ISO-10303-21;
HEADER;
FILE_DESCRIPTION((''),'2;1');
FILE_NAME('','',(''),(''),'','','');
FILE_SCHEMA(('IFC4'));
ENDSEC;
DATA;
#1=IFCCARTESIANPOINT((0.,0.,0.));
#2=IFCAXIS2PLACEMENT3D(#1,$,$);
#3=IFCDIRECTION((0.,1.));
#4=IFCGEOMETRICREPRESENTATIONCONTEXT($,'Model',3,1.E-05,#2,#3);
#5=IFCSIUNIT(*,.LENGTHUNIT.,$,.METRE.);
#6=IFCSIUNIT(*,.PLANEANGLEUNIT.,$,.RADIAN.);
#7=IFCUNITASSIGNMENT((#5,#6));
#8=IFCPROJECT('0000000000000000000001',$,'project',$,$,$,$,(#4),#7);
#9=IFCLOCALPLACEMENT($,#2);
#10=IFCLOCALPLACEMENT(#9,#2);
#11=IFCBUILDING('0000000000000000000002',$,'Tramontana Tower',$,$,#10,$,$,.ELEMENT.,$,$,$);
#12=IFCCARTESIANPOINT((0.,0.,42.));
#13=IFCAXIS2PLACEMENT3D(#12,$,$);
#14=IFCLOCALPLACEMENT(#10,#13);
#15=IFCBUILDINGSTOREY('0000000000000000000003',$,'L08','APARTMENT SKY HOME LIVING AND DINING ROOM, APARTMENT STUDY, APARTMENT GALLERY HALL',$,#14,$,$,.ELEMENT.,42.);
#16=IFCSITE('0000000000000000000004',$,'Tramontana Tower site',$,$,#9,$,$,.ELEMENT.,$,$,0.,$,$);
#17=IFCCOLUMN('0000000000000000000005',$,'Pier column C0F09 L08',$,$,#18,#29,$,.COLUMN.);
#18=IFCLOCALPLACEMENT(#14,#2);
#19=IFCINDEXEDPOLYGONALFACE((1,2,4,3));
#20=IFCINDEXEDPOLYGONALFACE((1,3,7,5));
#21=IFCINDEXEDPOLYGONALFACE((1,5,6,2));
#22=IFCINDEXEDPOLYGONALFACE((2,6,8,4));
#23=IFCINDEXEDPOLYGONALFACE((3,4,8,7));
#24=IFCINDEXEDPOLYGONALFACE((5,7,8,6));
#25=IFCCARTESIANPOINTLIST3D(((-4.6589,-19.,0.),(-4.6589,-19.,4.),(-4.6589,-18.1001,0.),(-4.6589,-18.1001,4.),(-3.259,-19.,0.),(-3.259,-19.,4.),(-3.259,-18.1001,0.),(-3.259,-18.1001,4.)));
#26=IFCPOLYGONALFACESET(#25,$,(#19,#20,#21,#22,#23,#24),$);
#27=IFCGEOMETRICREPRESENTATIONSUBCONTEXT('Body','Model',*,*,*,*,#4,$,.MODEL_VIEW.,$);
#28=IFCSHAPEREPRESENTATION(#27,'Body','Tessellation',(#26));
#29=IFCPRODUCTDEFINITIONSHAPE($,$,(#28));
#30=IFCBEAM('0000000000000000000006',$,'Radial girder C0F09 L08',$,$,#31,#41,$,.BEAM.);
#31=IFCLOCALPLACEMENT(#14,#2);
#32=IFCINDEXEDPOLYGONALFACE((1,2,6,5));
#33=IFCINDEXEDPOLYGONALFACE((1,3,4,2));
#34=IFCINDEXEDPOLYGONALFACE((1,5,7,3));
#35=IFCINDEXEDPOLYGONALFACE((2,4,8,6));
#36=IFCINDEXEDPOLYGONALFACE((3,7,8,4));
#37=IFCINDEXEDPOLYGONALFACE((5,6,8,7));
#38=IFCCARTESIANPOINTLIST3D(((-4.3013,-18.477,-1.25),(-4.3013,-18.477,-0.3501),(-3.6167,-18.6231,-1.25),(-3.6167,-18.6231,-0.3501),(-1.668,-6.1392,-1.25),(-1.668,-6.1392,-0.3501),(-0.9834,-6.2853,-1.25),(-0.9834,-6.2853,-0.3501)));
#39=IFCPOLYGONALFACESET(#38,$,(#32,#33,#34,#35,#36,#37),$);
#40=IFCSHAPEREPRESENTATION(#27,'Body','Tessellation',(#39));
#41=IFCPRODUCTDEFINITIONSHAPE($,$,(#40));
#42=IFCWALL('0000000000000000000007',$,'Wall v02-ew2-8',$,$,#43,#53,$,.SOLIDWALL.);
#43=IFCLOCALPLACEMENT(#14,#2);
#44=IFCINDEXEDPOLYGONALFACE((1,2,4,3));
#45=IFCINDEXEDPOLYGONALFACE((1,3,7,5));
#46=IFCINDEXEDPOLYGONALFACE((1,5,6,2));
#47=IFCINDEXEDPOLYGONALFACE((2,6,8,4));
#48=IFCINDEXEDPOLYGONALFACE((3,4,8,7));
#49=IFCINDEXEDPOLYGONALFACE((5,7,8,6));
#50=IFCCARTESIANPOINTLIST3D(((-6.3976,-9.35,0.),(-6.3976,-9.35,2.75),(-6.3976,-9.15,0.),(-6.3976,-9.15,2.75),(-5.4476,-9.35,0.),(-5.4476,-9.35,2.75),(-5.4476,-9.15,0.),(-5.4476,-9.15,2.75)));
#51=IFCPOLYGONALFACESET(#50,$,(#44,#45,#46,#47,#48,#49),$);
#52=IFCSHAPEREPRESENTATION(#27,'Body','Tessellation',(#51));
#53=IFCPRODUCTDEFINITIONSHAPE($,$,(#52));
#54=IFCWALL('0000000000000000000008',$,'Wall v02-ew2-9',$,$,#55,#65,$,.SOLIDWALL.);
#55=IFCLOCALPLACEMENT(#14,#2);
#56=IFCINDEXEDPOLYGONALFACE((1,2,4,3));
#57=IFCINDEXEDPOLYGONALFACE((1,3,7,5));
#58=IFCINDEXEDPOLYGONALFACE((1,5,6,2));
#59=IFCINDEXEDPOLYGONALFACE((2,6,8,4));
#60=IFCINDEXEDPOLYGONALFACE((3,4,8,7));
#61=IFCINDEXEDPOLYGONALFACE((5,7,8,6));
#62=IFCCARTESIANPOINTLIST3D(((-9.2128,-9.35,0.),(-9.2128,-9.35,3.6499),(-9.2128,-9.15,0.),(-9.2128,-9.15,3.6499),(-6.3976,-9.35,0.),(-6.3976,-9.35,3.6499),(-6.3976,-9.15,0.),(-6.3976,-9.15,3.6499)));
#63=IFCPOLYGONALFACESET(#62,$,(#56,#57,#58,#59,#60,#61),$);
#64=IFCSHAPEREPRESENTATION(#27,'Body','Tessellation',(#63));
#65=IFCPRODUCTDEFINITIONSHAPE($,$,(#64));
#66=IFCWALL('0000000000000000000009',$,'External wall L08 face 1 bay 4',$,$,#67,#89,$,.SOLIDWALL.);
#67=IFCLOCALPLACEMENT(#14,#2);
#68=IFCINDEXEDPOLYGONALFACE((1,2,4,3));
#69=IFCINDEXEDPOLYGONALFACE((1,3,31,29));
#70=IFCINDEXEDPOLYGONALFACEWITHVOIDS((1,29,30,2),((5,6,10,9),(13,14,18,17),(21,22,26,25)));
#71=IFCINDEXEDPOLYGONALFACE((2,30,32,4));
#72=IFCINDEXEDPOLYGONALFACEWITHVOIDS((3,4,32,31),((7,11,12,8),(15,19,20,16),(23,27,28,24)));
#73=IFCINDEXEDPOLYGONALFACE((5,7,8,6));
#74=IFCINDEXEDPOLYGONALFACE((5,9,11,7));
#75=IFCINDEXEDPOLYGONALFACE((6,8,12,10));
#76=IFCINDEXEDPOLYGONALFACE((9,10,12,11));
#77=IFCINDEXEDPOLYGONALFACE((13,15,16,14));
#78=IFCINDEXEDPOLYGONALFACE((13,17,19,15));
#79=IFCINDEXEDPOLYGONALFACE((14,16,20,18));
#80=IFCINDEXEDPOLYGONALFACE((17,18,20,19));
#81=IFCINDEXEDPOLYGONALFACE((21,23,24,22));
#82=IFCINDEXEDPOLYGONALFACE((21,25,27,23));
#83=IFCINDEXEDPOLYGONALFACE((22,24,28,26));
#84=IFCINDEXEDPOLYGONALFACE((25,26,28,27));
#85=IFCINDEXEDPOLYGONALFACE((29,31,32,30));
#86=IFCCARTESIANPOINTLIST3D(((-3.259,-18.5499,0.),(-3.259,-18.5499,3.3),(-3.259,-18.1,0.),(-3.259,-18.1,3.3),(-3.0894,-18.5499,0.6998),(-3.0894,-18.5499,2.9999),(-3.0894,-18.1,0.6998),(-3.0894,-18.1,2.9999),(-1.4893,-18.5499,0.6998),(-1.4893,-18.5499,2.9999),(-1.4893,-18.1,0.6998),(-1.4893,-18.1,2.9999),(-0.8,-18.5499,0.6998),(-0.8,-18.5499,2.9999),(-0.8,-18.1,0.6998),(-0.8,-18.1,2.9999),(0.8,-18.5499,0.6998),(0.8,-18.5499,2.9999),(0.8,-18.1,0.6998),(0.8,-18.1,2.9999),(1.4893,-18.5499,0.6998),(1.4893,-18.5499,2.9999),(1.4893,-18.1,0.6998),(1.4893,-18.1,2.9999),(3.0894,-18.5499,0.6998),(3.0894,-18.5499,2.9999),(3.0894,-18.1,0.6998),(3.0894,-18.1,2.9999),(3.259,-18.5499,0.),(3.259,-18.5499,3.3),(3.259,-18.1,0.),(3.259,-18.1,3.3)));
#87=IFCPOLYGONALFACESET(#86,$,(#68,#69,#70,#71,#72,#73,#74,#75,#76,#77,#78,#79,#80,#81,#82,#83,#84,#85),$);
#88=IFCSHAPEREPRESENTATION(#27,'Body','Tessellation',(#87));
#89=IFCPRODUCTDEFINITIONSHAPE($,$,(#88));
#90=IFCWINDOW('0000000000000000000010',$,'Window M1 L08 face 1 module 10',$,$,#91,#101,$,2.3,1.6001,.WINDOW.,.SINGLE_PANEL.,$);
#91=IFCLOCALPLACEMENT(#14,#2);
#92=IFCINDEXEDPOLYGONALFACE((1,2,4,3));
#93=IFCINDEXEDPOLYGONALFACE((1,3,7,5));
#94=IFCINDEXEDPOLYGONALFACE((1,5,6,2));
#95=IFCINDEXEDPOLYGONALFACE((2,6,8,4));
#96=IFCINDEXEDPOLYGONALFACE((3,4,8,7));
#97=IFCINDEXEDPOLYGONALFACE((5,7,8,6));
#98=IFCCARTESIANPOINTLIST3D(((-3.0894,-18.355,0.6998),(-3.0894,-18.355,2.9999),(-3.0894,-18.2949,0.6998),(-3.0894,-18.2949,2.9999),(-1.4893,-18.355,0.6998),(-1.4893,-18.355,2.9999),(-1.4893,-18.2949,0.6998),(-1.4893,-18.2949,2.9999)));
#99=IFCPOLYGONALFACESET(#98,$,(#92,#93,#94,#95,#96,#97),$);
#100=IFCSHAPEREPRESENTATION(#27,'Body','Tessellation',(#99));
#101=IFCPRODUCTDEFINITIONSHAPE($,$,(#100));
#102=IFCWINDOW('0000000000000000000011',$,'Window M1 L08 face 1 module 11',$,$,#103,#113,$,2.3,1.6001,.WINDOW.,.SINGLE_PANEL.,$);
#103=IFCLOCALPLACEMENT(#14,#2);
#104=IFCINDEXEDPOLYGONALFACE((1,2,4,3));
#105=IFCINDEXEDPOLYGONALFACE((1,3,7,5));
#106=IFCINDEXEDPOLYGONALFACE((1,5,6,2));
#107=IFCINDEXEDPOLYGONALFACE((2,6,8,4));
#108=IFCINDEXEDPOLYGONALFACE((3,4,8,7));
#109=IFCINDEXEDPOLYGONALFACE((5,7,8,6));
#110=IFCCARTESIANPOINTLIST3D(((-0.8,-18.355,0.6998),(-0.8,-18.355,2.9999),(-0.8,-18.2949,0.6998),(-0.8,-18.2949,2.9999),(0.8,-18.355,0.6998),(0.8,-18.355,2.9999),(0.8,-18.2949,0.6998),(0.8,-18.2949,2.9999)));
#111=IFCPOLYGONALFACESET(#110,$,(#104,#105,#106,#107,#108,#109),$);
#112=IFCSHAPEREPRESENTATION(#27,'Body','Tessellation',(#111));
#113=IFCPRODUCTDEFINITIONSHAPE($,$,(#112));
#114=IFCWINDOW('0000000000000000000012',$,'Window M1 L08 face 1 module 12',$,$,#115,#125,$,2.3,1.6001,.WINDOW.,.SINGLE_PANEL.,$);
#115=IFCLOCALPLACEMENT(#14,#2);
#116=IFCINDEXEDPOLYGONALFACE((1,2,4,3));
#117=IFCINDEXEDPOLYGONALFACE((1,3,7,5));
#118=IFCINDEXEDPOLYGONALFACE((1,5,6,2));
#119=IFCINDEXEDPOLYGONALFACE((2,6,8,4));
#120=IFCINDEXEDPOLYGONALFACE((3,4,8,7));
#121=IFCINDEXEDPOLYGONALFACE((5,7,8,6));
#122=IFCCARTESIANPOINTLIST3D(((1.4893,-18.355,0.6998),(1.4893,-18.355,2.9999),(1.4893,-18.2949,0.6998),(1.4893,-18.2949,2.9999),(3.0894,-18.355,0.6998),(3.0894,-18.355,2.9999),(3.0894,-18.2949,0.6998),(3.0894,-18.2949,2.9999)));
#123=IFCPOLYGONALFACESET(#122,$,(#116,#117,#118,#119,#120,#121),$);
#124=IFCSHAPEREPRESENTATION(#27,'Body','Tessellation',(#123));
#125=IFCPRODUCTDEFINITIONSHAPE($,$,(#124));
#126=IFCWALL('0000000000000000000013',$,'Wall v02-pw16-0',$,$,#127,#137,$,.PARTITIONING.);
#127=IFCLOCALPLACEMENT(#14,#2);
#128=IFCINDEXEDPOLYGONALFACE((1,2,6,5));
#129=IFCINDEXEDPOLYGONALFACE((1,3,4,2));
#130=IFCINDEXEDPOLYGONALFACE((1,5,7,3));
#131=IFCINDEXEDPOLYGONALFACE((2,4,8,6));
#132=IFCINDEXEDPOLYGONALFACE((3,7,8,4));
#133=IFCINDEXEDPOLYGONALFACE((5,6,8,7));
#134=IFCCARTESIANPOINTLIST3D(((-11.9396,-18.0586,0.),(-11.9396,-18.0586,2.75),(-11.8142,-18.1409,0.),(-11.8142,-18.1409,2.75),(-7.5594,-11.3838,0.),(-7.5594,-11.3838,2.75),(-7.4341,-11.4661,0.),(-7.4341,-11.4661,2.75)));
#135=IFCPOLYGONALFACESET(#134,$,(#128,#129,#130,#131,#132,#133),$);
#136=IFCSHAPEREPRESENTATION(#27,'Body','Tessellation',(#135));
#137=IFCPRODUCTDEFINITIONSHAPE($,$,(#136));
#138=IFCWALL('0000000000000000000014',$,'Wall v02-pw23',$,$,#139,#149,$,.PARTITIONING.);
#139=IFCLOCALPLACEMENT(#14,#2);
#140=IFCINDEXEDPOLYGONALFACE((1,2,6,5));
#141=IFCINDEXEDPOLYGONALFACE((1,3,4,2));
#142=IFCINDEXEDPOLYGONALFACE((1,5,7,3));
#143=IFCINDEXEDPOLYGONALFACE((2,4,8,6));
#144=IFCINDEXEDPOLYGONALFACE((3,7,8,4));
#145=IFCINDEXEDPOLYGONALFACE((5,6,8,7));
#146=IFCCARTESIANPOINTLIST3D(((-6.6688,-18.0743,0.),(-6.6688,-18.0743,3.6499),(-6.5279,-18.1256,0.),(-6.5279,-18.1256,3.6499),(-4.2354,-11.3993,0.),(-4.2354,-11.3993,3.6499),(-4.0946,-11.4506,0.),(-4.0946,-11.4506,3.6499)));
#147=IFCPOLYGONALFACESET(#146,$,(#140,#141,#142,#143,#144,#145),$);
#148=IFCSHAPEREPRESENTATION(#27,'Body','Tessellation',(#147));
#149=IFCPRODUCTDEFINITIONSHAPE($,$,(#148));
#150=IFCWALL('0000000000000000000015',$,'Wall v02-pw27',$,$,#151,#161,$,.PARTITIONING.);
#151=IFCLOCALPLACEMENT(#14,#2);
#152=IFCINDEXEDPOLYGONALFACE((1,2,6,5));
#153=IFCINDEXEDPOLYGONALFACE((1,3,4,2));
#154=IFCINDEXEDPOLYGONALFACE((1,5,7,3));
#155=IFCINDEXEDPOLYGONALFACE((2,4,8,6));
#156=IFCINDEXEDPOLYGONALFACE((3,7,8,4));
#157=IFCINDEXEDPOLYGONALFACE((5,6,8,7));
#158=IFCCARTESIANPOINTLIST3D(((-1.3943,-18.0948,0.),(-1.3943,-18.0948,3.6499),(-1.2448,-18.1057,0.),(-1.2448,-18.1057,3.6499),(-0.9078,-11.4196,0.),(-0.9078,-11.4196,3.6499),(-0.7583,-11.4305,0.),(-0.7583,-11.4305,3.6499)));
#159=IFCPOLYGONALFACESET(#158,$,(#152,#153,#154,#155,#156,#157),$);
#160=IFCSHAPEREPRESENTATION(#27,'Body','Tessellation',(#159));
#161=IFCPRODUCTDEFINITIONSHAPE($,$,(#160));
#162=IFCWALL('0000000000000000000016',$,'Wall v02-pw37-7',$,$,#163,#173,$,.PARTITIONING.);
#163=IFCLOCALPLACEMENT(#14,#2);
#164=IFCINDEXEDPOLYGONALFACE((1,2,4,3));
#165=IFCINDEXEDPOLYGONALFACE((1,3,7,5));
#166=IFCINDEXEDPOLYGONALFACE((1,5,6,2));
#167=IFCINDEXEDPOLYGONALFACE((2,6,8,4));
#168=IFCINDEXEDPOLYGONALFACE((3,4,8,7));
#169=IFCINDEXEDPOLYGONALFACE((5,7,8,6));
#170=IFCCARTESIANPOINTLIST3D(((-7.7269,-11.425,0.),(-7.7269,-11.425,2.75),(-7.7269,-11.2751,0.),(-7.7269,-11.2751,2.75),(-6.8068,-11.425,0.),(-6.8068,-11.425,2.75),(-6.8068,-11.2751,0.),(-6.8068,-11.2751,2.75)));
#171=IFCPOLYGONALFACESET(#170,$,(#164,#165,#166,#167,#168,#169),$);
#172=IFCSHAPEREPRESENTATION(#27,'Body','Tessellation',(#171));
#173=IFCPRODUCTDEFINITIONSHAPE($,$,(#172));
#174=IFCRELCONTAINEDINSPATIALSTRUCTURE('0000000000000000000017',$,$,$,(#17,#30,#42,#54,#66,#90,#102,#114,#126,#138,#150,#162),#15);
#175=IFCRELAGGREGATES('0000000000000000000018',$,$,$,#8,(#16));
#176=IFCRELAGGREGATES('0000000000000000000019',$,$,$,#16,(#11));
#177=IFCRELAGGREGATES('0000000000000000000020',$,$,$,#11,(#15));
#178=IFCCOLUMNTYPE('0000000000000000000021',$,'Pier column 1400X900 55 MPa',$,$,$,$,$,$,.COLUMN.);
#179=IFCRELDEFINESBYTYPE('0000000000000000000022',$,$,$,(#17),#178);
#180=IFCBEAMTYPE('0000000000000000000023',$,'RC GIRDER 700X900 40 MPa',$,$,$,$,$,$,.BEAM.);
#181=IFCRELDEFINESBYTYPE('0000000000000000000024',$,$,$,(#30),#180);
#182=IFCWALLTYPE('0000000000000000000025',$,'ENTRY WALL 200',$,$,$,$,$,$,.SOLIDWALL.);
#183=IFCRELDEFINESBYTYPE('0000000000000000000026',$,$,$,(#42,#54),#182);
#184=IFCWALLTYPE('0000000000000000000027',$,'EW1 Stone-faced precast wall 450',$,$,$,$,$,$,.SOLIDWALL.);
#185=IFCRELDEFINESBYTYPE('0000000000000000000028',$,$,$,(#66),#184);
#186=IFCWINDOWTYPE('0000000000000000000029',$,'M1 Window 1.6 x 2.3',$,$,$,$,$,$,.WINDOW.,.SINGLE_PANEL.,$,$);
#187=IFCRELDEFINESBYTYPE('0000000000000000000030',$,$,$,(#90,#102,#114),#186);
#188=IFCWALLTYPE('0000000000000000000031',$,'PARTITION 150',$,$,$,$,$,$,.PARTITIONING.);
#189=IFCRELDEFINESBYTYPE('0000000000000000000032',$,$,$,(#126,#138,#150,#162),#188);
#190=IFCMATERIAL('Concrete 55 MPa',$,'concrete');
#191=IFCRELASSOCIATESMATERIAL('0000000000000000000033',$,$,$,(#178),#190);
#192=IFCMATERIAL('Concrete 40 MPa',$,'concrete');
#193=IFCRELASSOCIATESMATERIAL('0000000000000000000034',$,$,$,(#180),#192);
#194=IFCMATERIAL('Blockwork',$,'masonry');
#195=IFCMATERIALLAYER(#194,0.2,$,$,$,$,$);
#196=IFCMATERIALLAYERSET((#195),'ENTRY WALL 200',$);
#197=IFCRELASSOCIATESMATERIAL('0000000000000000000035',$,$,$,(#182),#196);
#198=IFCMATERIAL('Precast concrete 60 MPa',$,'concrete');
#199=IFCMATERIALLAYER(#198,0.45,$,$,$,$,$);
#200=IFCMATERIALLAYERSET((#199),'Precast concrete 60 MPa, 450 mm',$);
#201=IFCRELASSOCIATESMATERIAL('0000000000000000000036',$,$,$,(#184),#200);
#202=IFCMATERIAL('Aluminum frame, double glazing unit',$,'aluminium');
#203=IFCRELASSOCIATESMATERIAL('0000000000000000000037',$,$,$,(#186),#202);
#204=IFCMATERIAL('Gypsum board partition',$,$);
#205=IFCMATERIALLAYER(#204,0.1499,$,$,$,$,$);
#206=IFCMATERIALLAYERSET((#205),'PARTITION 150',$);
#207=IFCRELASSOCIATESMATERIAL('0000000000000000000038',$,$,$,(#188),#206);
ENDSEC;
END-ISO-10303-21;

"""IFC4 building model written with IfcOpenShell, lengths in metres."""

from ifc_helpers import new_model, si_unit, direction, frame, frame_2d, origin, origin_2d, place, context, subcontext, project, spatial, rectangle, extrude, material, layer, layer_set, material_profile, profile_set, type_object, element, fill, save


model = new_model("IFC4")

# Units and contexts
model_context = context("Model", 3, precision=1e-05, world=origin(), true_north=direction((0.0, 1.0)))
body_context = subcontext(model_context, "Body", "Model", "MODEL_VIEW")
ifc_project = project(units=[si_unit("LENGTHUNIT", "METRE"), si_unit("PLANEANGLEUNIT", "RADIAN")], contexts=[model_context])

# Site, building, storey
site_placement = place(None, origin())
site = spatial("IfcSite", under=ifc_project, at=site_placement, Name="Tramontana Tower site", CompositionType="ELEMENT", RefElevation=0.0)
building_placement = place(site_placement, origin())
building = spatial("IfcBuilding", under=site, at=building_placement, Name="Tramontana Tower", CompositionType="ELEMENT")
storey_placement = place(building_placement, frame((0.0, 0.0, 42.0)))
storey = spatial("IfcBuildingStorey", under=building, at=storey_placement, Name="L08", Description="APARTMENT SKY HOME LIVING AND DINING ROOM, APARTMENT STUDY, APARTMENT GALLERY HALL", CompositionType="ELEMENT", Elevation=42.0)

# Column
ifc_material_1 = material(Name="Concrete 55 MPa", Category="concrete")
ifc_material_profile_1 = material_profile(ifc_material_1, rectangle(XDim=1.3999, YDim=0.8999, at=origin_2d()), Name="Pier column 1400X900 55 MPa")
ifc_profile_set_1 = profile_set([ifc_material_profile_1], Name="Concrete 55 MPa")
column_type = type_object("IfcColumnType", Name="Pier column 1400X900 55 MPa", PredefinedType="COLUMN", material=ifc_profile_set_1)
column_placement = place(storey_placement, frame((-3.959, -18.55, 0.0), z_axis=(0.0, 0.0, 1.0), x_axis=(1.0, 0.0, 0.0)))
element("IfcColumn", 1, at=column_placement, inside=storey, type_object=column_type, Name="Pier column C0F09 L08", PredefinedType="COLUMN", context=body_context, shape_type="SweptSolid", body=[
    extrude(rectangle(XDim=1.3999, YDim=0.8999, at=origin_2d()), origin(), (0.0, 0.0, 1.0), 4.0),
])

# Beam
ifc_material_2 = material(Name="Concrete 40 MPa", Category="concrete")
ifc_material_profile_2 = material_profile(ifc_material_2, rectangle(XDim=0.7, YDim=0.8999, at=origin_2d()), Name="RC GIRDER 700X900 40 MPa")
ifc_profile_set_2 = profile_set([ifc_material_profile_2], Name="Concrete 40 MPa")
beam_type = type_object("IfcBeamType", Name="RC GIRDER 700X900 40 MPa", PredefinedType="BEAM", material=ifc_profile_set_2)
beam_placement = place(storey_placement, frame((-3.959, -18.55, -0.8), z_axis=(0.208731, 0.977973, 0.0), x_axis=(-0.977973, 0.208731, 0.0)))
element("IfcBeam", 2, at=beam_placement, inside=storey, type_object=beam_type, Name="Radial girder C0F09 L08", PredefinedType="BEAM", context=body_context, shape_type="SweptSolid", body=[
    extrude(rectangle(XDim=0.7, YDim=0.8999, at=origin_2d()), origin(), (0.0, 0.0, 1.0), 12.6157),
])

# Walls
ifc_material_3 = material(Name="Blockwork", Category="masonry")
ifc_layer_1 = layer(ifc_material_3, 0.2)
ifc_layer_set_1 = layer_set([ifc_layer_1], Name="ENTRY WALL 200")
wall_type_1 = type_object("IfcWallType", Name="ENTRY WALL 200", PredefinedType="SOLIDWALL", material=ifc_layer_set_1)
wall_1_placement = place(storey_placement, frame((-5.4475, -9.25, 0.0), z_axis=(0.0, 0.0, 1.0), x_axis=(-1.0, 0.0, 0.0)))
element("IfcWall", 3, at=wall_1_placement, inside=storey, type_object=wall_type_1, Name="Wall v02-ew2-8", PredefinedType="SOLIDWALL", context=body_context, shape_type="SweptSolid", body=[
    extrude(rectangle(XDim=0.95, YDim=0.2, at=frame_2d((0.4751, 0.0))), origin(), (0.0, 0.0, 1.0), 2.75),
])
wall_2_placement = place(storey_placement, frame((-6.3975, -9.25, 0.0), z_axis=(0.0, 0.0, 1.0), x_axis=(-1.0, 0.0, 0.0)))
element("IfcWall", 4, at=wall_2_placement, inside=storey, type_object=wall_type_1, Name="Wall v02-ew2-9", PredefinedType="SOLIDWALL", context=body_context, shape_type="SweptSolid", body=[
    extrude(rectangle(XDim=2.8152, YDim=0.2, at=frame_2d((1.4077, 0.0))), origin(), (0.0, 0.0, 1.0), 3.6499),
])

# Wall, openings, windows
ifc_material_4 = material(Name="Precast concrete 60 MPa", Category="concrete")
ifc_layer_2 = layer(ifc_material_4, 0.45)
ifc_layer_set_2 = layer_set([ifc_layer_2], Name="Precast concrete 60 MPa, 450 mm")
wall_type_2 = type_object("IfcWallType", Name="EW1 Stone-faced precast wall 450", PredefinedType="SOLIDWALL", material=ifc_layer_set_2)
wall_3_placement = place(storey_placement, frame((-3.259, -18.325, 0.0), z_axis=(0.0, 0.0, 1.0), x_axis=(1.0, 0.0, 0.0)))
wall_3 = element("IfcWall", 5, at=wall_3_placement, inside=storey, type_object=wall_type_2, Name="External wall L08 face 1 bay 4", PredefinedType="SOLIDWALL", context=body_context, shape_type="SweptSolid", body=[
    extrude(rectangle(XDim=6.5181, YDim=0.45, at=frame_2d((3.259, 0.0))), origin(), (0.0, 0.0, 1.0), 3.3),
])
opening_1_placement = place(wall_3_placement, frame((0.1697, 0.0, 0.7)))
opening_1 = element("IfcOpeningElement", 6, at=opening_1_placement, cuts=wall_3, PredefinedType="OPENING", context=body_context, shape_type="SweptSolid", body=[
    extrude(rectangle(XDim=1.6001, YDim=2.3, at=frame_2d((0.8, 1.1499))), frame((0.0, 0.2349, 0.0), z_axis=(0.0, -1.0, 0.0), x_axis=(1.0, 0.0, 0.0)), (0.0, 0.0, 1.0), 0.47),
])
opening_2_placement = place(wall_3_placement, frame((2.459, 0.0, 0.7)))
opening_2 = element("IfcOpeningElement", 7, at=opening_2_placement, cuts=wall_3, PredefinedType="OPENING", context=body_context, shape_type="SweptSolid", body=[
    extrude(rectangle(XDim=1.6001, YDim=2.3, at=frame_2d((0.8, 1.1499))), frame((0.0, 0.2349, 0.0), z_axis=(0.0, -1.0, 0.0), x_axis=(1.0, 0.0, 0.0)), (0.0, 0.0, 1.0), 0.47),
])
opening_3_placement = place(wall_3_placement, frame((4.7483, 0.0, 0.7)))
opening_3 = element("IfcOpeningElement", 8, at=opening_3_placement, cuts=wall_3, PredefinedType="OPENING", context=body_context, shape_type="SweptSolid", body=[
    extrude(rectangle(XDim=1.6001, YDim=2.3, at=frame_2d((0.8, 1.1499))), frame((0.0, 0.2349, 0.0), z_axis=(0.0, -1.0, 0.0), x_axis=(1.0, 0.0, 0.0)), (0.0, 0.0, 1.0), 0.47),
])
ifc_material_5 = material(Name="Aluminum frame, double glazing unit", Category="aluminium")
window_type = type_object("IfcWindowType", Name="M1 Window 1.6 x 2.3", PartitioningType="SINGLE_PANEL", PredefinedType="WINDOW", material=ifc_material_5)
window_1_placement = place(opening_1_placement, origin())
window_1 = element("IfcWindow", 9, at=window_1_placement, inside=storey, type_object=window_type, Name="Window M1 L08 face 1 module 10", OverallHeight=2.3, OverallWidth=1.6001, PartitioningType="SINGLE_PANEL", PredefinedType="WINDOW", context=body_context, shape_type="SweptSolid", body=[
    extrude(rectangle(XDim=1.6001, YDim=2.3, at=frame_2d((0.8, 1.1499))), frame((0.0, 0.03, 0.0), z_axis=(0.0, -1.0, 0.0), x_axis=(1.0, 0.0, 0.0)), (0.0, 0.0, 1.0), 0.0601),
])
fill(opening_1, window_1)
window_2_placement = place(opening_2_placement, origin())
window_2 = element("IfcWindow", 10, at=window_2_placement, inside=storey, type_object=window_type, Name="Window M1 L08 face 1 module 11", OverallHeight=2.3, OverallWidth=1.6001, PartitioningType="SINGLE_PANEL", PredefinedType="WINDOW", context=body_context, shape_type="SweptSolid", body=[
    extrude(rectangle(XDim=1.6001, YDim=2.3, at=frame_2d((0.8, 1.1499))), frame((0.0, 0.03, 0.0), z_axis=(0.0, -1.0, 0.0), x_axis=(1.0, 0.0, 0.0)), (0.0, 0.0, 1.0), 0.0601),
])
fill(opening_2, window_2)
window_3_placement = place(opening_3_placement, origin())
window_3 = element("IfcWindow", 11, at=window_3_placement, inside=storey, type_object=window_type, Name="Window M1 L08 face 1 module 12", OverallHeight=2.3, OverallWidth=1.6001, PartitioningType="SINGLE_PANEL", PredefinedType="WINDOW", context=body_context, shape_type="SweptSolid", body=[
    extrude(rectangle(XDim=1.6001, YDim=2.3, at=frame_2d((0.8, 1.1499))), frame((0.0, 0.03, 0.0), z_axis=(0.0, -1.0, 0.0), x_axis=(1.0, 0.0, 0.0)), (0.0, 0.0, 1.0), 0.0601),
])
fill(opening_3, window_3)

# Walls
ifc_material_6 = material(Name="Gypsum board partition")
ifc_layer_3 = layer(ifc_material_6, 0.1499)
ifc_layer_set_3 = layer_set([ifc_layer_3], Name="PARTITION 150")
wall_type_3 = type_object("IfcWallType", Name="PARTITION 150", PredefinedType="PARTITIONING", material=ifc_layer_set_3)
wall_4_placement = place(storey_placement, frame((-7.4968, -11.425, 0.0), z_axis=(0.0, 0.0, 1.0), x_axis=(-0.548638, -0.83606, 0.0)))
element("IfcWall", 12, at=wall_4_placement, inside=storey, type_object=wall_type_3, Name="Wall v02-pw16-0", PredefinedType="PARTITIONING", context=body_context, shape_type="SweptSolid", body=[
    extrude(rectangle(XDim=7.9836, YDim=0.1499, at=frame_2d((3.9917, 0.0))), origin(), (0.0, 0.0, 1.0), 2.75),
])
wall_5_placement = place(storey_placement, frame((-4.165, -11.425, 0.0), z_axis=(0.0, 0.0, 1.0), x_axis=(-0.342496, -0.939519, 0.0)))
element("IfcWall", 13, at=wall_5_placement, inside=storey, type_object=wall_type_3, Name="Wall v02-pw23", PredefinedType="PARTITIONING", context=body_context, shape_type="SweptSolid", body=[
    extrude(rectangle(XDim=7.1047, YDim=0.1499, at=frame_2d((3.5522, 0.0))), origin(), (0.0, 0.0, 1.0), 3.6499),
])
wall_6_placement = place(storey_placement, frame((-0.833, -11.425, 0.0), z_axis=(0.0, 0.0, 1.0), x_axis=(-0.072701, -0.997354, 0.0)))
element("IfcWall", 14, at=wall_6_placement, inside=storey, type_object=wall_type_3, Name="Wall v02-pw27", PredefinedType="PARTITIONING", context=body_context, shape_type="SweptSolid", body=[
    extrude(rectangle(XDim=6.6929, YDim=0.1499, at=frame_2d((3.3464, 0.0))), origin(), (0.0, 0.0, 1.0), 3.6499),
])

# Wall
wall_7_placement = place(storey_placement, frame((-6.8069, -11.3501, 0.0), z_axis=(0.0, 0.0, 1.0), x_axis=(-1.0, 0.0, 0.0)))
element("IfcWall", 15, at=wall_7_placement, inside=storey, type_object=wall_type_3, Name="Wall v02-pw37-7", PredefinedType="PARTITIONING", context=body_context, shape_type="SweptSolid", body=[
    extrude(rectangle(XDim=0.9202, YDim=0.1499, at=frame_2d((0.46, 0.0))), origin(), (0.0, 0.0, 1.0), 2.75),
])

save(model, "model.ifc")
